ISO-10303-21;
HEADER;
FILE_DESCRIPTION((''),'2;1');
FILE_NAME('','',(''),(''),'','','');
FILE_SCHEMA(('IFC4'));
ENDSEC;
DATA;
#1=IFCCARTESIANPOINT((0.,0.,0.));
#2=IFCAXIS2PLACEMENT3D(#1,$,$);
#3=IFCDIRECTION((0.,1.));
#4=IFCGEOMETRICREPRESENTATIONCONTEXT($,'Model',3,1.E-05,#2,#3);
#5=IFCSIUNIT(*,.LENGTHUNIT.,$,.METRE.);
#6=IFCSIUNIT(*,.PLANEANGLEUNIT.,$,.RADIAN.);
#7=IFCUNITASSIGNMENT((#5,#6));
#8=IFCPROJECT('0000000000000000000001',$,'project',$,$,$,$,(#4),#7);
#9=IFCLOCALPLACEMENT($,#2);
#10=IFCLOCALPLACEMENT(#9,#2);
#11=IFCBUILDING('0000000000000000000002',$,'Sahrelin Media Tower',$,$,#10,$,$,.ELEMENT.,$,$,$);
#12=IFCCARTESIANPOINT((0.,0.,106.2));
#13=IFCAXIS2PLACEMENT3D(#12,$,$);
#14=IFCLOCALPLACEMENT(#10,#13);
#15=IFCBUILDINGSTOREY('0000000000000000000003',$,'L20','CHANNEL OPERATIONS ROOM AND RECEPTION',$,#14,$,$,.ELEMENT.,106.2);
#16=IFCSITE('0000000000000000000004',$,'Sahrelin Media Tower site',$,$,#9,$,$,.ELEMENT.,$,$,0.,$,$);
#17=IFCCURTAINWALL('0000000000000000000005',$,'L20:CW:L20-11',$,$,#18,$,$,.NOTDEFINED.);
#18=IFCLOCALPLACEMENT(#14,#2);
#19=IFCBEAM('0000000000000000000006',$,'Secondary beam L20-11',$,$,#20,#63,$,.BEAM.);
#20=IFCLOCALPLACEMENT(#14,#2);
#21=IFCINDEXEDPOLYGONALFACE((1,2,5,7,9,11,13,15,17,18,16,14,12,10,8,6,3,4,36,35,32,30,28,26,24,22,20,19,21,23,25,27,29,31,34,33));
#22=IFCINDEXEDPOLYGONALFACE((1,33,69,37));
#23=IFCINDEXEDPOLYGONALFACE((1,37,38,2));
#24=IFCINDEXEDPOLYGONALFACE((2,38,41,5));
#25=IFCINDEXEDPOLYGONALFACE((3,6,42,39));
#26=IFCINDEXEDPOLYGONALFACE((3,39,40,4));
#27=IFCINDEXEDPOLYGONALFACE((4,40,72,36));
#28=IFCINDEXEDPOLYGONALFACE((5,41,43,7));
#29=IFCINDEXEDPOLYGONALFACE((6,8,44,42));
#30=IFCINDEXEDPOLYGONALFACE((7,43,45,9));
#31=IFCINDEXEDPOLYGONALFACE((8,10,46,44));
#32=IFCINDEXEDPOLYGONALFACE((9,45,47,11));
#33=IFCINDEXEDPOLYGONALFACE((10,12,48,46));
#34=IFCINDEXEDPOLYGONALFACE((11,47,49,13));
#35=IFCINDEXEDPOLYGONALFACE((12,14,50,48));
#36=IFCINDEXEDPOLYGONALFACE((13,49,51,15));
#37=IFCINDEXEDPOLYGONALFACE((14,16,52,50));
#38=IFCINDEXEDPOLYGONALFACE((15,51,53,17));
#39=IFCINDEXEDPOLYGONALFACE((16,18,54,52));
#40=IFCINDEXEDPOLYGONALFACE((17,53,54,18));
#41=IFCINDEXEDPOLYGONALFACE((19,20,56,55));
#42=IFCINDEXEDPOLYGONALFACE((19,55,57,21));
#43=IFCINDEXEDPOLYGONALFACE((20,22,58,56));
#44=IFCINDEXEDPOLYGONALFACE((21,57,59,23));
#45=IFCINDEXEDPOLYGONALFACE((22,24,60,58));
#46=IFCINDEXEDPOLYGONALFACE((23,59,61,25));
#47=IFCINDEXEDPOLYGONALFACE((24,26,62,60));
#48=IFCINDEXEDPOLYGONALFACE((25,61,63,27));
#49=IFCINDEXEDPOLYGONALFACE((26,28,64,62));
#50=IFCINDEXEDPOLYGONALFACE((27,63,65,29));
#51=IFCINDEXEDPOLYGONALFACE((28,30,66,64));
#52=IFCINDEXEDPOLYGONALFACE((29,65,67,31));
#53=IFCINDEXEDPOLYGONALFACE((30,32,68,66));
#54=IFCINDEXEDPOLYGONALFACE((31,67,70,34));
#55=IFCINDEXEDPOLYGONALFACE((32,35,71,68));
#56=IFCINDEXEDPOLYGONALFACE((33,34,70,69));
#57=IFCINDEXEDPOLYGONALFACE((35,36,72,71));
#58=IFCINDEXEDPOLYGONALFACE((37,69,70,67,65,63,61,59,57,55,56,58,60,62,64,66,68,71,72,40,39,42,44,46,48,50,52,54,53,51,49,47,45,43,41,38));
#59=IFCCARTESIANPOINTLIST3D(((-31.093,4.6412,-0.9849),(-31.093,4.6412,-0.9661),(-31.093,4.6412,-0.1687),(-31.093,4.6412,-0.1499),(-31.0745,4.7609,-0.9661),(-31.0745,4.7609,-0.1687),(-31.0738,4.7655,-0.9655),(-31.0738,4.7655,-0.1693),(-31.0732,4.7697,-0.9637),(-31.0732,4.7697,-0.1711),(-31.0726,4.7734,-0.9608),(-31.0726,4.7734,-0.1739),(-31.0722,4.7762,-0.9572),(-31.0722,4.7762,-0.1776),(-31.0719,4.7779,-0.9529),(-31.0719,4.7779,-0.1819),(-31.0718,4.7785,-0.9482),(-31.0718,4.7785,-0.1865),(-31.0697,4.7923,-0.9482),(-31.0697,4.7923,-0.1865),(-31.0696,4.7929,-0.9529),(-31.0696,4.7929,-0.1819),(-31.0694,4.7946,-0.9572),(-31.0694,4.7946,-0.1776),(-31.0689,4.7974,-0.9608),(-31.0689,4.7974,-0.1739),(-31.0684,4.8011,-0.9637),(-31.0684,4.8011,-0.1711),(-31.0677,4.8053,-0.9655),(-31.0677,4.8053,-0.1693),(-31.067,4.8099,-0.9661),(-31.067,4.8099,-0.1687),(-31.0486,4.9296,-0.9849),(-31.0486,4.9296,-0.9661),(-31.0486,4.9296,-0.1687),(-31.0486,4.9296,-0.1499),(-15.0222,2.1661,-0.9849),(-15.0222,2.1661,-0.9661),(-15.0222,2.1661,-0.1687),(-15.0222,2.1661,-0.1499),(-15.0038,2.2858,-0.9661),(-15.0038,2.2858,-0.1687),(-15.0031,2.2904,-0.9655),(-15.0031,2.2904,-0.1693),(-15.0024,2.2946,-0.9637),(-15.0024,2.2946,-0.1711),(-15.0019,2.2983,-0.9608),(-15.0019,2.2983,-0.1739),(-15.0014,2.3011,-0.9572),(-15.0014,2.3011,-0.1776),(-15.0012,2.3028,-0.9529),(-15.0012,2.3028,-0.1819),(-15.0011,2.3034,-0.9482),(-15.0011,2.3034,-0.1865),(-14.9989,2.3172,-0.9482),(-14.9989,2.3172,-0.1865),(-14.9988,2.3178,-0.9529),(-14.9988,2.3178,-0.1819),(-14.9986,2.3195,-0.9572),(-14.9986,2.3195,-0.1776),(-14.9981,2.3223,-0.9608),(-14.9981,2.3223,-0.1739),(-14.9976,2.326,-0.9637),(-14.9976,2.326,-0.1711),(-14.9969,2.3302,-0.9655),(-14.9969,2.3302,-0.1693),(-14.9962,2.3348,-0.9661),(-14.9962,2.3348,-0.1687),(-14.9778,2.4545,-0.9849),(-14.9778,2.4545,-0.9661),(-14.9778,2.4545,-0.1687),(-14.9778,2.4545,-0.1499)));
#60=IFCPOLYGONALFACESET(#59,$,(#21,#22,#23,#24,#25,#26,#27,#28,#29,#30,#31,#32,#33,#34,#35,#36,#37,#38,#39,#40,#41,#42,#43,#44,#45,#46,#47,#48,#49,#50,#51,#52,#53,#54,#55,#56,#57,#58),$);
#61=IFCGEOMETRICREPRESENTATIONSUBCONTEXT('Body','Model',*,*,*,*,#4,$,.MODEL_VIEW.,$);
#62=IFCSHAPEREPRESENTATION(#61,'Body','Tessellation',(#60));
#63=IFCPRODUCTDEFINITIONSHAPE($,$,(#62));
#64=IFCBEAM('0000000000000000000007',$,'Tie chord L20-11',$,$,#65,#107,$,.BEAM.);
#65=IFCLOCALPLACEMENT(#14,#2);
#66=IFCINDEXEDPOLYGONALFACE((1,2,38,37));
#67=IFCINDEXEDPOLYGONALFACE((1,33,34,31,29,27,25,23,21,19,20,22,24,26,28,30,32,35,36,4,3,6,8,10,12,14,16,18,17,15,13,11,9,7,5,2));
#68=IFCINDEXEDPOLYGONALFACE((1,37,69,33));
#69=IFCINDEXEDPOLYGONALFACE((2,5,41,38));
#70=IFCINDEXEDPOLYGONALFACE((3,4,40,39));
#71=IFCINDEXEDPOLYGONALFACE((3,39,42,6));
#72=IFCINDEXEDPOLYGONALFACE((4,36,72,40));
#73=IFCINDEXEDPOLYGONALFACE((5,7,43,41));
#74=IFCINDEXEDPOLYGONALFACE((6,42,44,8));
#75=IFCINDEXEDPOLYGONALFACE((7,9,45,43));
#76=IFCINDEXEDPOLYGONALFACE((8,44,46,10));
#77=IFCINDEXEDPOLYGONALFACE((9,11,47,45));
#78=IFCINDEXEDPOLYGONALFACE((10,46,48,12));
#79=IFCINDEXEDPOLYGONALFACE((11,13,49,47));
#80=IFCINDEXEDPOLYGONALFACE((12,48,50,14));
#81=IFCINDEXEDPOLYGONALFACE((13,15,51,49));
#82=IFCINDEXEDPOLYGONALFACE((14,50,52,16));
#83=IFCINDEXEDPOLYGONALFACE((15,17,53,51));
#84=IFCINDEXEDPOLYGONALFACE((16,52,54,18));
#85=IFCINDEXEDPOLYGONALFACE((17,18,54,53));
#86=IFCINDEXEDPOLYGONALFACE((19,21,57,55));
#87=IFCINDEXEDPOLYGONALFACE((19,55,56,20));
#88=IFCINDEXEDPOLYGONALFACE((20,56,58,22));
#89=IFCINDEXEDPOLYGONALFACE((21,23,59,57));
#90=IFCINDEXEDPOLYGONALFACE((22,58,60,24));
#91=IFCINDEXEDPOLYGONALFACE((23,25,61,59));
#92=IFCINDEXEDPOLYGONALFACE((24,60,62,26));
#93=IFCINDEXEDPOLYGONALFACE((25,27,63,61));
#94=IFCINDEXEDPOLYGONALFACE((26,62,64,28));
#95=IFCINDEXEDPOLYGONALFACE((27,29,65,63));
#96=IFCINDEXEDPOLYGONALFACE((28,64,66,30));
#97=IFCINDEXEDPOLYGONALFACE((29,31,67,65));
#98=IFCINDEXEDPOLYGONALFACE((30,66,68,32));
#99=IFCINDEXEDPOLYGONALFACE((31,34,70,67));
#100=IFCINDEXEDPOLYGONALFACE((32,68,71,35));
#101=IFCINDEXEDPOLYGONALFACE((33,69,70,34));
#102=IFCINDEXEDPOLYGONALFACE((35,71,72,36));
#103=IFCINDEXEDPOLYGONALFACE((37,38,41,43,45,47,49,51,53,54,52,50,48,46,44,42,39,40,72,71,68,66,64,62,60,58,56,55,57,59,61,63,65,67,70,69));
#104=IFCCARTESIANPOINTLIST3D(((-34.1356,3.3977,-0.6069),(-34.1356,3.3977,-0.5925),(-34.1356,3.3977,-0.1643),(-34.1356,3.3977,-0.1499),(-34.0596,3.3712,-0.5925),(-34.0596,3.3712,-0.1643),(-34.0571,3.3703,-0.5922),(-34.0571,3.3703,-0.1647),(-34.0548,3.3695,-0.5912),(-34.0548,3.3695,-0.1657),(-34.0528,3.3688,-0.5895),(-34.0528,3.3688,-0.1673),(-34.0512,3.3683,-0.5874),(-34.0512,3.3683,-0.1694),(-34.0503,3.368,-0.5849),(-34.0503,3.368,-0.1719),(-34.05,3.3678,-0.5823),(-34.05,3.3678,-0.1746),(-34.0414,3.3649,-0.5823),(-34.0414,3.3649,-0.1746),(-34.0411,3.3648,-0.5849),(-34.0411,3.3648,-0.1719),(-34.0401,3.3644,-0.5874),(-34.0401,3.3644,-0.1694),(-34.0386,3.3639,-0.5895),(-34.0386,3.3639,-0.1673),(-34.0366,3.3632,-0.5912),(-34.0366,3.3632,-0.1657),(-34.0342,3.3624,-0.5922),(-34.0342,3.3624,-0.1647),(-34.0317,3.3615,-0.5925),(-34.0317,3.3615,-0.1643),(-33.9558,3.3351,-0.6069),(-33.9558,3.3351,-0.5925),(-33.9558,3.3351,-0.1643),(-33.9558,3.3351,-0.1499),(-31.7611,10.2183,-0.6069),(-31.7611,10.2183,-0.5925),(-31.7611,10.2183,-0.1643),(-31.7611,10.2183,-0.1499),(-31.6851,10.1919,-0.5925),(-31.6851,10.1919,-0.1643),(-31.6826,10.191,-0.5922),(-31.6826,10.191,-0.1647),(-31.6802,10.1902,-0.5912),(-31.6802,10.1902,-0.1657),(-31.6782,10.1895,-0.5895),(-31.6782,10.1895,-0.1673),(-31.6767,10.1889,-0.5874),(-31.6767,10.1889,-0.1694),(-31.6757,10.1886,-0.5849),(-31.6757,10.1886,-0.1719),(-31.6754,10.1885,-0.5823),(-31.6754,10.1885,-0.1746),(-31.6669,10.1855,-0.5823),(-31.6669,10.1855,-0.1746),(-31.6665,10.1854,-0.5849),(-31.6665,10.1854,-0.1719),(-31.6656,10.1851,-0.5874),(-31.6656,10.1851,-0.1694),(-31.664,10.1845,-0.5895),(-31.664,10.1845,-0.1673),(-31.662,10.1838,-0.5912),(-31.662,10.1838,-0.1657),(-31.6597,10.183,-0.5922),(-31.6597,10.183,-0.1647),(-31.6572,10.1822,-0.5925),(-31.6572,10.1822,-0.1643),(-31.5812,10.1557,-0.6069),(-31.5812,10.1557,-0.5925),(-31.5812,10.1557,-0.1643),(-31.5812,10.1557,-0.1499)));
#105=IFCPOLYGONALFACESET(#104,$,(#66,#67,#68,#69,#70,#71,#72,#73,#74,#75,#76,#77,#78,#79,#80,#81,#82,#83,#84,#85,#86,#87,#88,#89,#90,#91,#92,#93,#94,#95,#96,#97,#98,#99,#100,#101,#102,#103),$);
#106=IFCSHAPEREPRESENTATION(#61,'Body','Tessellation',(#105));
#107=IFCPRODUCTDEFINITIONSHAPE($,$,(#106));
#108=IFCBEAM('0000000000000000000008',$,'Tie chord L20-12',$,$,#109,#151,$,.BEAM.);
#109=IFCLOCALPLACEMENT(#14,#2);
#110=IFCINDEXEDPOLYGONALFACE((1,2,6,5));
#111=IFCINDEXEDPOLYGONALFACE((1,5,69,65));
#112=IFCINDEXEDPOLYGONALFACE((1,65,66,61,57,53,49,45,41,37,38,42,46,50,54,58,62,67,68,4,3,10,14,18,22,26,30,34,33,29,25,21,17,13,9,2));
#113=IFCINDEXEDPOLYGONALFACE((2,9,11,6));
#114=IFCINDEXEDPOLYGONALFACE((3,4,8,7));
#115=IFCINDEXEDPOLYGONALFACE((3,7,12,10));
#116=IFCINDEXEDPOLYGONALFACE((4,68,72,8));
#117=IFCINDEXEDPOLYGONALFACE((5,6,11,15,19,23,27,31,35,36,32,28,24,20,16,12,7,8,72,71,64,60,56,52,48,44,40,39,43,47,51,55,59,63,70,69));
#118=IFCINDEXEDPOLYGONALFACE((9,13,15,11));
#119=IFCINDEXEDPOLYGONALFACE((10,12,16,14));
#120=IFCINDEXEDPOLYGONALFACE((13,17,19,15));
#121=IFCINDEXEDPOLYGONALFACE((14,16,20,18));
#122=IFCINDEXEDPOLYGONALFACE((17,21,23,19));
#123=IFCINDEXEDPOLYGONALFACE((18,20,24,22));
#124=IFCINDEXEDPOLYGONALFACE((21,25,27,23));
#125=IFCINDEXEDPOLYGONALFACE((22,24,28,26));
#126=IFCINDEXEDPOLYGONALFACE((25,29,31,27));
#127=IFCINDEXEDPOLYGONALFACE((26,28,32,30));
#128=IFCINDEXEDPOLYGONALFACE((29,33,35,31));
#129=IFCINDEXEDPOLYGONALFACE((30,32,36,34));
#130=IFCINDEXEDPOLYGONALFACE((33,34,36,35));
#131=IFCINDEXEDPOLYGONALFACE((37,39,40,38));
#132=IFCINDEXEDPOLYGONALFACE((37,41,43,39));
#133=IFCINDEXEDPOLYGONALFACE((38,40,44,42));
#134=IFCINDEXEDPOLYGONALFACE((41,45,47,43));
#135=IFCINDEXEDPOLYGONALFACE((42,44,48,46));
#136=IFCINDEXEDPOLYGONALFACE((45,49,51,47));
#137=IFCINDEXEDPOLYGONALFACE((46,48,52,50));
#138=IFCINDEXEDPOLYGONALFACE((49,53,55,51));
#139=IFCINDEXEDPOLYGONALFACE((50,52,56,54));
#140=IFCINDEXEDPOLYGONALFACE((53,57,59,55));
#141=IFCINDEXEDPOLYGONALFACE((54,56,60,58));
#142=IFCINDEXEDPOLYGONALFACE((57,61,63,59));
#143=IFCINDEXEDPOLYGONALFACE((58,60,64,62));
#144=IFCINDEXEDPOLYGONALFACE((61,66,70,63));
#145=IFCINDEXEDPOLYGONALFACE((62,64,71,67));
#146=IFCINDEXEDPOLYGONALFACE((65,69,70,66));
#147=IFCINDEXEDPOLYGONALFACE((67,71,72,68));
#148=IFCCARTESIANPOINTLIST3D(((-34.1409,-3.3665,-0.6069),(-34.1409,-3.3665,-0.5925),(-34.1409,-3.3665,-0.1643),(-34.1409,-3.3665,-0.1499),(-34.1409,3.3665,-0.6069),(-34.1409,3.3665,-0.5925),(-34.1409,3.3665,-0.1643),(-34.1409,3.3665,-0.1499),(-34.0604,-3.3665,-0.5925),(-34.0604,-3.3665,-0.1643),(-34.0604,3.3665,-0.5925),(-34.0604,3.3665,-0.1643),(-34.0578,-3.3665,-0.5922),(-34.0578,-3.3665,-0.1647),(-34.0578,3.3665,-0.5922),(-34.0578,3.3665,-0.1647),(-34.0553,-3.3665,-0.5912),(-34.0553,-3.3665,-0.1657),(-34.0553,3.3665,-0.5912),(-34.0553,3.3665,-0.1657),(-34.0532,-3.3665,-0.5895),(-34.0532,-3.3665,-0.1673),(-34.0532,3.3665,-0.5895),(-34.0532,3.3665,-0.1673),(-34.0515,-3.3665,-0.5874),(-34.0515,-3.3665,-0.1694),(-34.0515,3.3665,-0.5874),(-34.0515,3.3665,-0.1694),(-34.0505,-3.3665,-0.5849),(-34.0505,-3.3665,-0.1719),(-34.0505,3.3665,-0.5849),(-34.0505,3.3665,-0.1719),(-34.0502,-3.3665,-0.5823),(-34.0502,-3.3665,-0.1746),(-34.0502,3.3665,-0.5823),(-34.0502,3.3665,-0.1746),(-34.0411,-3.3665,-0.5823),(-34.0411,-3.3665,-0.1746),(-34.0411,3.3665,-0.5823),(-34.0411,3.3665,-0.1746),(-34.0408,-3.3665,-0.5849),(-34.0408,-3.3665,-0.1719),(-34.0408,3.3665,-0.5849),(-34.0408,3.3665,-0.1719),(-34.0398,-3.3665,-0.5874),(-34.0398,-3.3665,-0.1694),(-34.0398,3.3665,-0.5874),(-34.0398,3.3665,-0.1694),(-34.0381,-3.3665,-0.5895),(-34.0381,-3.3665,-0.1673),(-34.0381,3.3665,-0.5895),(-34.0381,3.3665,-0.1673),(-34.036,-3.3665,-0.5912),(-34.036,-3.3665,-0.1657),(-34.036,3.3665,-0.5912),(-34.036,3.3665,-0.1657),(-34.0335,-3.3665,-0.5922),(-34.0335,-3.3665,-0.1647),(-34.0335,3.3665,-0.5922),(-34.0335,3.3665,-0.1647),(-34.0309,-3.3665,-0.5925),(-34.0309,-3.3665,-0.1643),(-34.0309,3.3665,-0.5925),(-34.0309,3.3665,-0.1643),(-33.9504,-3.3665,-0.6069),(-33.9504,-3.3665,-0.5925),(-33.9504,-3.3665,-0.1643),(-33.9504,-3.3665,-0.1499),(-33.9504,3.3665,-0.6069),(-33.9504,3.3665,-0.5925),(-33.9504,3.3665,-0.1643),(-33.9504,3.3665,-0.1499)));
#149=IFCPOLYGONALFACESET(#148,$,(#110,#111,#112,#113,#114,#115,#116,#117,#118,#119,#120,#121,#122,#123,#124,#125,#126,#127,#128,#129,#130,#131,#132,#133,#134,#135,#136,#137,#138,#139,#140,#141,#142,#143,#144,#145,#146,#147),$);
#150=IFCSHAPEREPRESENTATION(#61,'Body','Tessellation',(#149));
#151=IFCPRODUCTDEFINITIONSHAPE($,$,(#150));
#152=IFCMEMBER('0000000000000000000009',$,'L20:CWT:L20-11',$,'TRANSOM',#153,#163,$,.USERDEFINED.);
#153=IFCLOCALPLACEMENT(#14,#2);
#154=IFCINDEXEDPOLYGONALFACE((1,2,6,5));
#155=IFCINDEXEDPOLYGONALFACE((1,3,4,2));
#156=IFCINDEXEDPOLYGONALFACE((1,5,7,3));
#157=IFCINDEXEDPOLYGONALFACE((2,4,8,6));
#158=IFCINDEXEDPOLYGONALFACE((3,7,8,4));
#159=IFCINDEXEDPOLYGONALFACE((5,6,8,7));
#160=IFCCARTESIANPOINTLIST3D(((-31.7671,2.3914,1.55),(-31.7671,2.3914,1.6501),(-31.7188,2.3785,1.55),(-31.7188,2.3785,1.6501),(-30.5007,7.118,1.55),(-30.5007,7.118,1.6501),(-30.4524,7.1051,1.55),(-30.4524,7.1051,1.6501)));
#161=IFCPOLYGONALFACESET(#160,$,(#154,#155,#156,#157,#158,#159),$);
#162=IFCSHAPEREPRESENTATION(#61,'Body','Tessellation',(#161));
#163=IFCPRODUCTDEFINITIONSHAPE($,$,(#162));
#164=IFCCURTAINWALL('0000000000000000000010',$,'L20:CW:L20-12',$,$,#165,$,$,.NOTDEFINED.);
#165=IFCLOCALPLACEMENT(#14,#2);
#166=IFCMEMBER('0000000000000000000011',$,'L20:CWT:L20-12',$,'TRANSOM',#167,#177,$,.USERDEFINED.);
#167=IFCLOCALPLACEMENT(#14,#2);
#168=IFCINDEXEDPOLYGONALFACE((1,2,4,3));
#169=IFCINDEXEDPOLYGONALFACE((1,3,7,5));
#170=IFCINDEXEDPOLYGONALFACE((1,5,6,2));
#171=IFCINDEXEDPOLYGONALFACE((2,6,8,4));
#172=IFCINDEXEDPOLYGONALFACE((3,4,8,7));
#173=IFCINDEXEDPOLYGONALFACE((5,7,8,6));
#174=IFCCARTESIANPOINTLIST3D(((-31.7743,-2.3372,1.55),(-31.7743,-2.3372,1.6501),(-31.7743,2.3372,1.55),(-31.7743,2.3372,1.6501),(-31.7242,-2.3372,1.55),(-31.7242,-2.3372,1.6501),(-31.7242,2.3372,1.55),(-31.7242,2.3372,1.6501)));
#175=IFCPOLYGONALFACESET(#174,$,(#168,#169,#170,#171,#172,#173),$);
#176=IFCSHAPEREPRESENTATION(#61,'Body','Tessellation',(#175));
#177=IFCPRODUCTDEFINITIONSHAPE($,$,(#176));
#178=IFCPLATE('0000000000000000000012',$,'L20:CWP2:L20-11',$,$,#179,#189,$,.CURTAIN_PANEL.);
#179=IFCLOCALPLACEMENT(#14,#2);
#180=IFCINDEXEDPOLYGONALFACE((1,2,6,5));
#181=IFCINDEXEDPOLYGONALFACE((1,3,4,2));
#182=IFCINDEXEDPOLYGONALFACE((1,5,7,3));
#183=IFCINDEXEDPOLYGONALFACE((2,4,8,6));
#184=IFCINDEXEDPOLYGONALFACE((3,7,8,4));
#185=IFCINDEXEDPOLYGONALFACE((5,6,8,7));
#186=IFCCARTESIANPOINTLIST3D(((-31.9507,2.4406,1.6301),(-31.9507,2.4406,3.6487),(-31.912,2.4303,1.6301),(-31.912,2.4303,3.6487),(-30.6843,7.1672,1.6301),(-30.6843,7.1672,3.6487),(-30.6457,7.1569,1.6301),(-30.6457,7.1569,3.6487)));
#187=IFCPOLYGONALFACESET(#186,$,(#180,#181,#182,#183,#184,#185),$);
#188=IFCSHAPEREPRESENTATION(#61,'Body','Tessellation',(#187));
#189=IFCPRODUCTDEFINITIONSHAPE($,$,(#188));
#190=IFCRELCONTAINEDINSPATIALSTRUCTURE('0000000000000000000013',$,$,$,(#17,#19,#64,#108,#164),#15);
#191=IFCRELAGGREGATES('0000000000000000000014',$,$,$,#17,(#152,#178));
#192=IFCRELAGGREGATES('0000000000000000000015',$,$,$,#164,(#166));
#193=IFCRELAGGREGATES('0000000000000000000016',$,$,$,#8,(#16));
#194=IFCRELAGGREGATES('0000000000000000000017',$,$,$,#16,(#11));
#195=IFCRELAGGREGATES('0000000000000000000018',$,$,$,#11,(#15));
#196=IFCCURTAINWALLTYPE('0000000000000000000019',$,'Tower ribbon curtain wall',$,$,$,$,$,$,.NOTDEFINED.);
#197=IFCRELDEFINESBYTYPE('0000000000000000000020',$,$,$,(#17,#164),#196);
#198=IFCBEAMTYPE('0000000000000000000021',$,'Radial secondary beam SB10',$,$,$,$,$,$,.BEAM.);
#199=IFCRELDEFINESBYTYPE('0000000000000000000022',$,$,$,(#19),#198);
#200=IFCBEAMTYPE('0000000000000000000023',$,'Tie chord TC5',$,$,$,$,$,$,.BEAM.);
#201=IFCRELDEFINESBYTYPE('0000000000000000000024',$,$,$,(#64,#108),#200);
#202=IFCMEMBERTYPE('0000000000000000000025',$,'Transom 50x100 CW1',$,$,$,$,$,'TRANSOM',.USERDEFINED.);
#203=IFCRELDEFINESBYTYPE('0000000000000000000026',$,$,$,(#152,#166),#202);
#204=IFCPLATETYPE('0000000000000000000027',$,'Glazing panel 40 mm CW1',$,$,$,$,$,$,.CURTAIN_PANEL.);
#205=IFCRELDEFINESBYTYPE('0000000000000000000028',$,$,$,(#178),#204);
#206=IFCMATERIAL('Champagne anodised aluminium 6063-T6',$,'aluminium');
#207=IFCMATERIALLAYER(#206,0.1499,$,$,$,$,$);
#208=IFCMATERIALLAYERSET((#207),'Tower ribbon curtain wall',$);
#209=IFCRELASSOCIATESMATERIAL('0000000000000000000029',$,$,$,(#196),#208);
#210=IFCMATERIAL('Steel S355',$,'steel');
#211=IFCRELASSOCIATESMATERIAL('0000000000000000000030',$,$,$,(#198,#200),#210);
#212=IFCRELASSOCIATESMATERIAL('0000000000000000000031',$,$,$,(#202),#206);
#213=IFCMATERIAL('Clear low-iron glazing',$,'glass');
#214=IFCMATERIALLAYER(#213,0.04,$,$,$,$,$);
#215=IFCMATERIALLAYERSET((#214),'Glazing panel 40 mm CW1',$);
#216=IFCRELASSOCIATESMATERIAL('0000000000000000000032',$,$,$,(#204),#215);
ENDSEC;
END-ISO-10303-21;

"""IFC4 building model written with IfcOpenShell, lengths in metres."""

from ifc_helpers import new_model, si_unit, direction, frame, origin, origin_2d, place, context, subcontext, project, spatial, polyline, rectangle, i_section, outline, extrude, material, layer, layer_set, material_profile, profile_set, type_object, element, aggregate, save


model = new_model("IFC4")

# Units and contexts
model_context = context("Model", 3, precision=1e-05, world=origin(), true_north=direction((0.0, 1.0)))
body_context = subcontext(model_context, "Body", "Model", "MODEL_VIEW")
ifc_project = project(units=[si_unit("LENGTHUNIT", "METRE"), si_unit("PLANEANGLEUNIT", "RADIAN")], contexts=[model_context])

# Site, building, storey
site_placement = place(None, origin())
site = spatial("IfcSite", under=ifc_project, at=site_placement, Name="Sahrelin Media Tower site", CompositionType="ELEMENT", RefElevation=0.0)
building_placement = place(site_placement, origin())
building = spatial("IfcBuilding", under=site, at=building_placement, Name="Sahrelin Media Tower", CompositionType="ELEMENT")
storey_placement = place(building_placement, frame((0.0, 0.0, 106.2)))
storey = spatial("IfcBuildingStorey", under=building, at=storey_placement, Name="L20", Description="CHANNEL OPERATIONS ROOM AND RECEPTION", CompositionType="ELEMENT", Elevation=106.2)

# Shared definitions
ifc_material_1 = material(Name="Steel S355", Category="steel")

# Curtain wall
ifc_material_2 = material(Name="Champagne anodised aluminium 6063-T6", Category="aluminium")
ifc_layer_1 = layer(ifc_material_2, 0.1499)
ifc_layer_set_1 = layer_set([ifc_layer_1], Name="Tower ribbon curtain wall")
curtain_wall_type = type_object("IfcCurtainWallType", Name="Tower ribbon curtain wall", PredefinedType="NOTDEFINED", material=ifc_layer_set_1)
curtain_wall_1_placement = place(storey_placement, frame((-31.2981, 4.7986, 0.0), z_axis=(0.0, 0.0, 1.0), x_axis=(1.0, 0.0, 0.0)))
curtain_wall_1 = element("IfcCurtainWall", 1, at=curtain_wall_1_placement, inside=storey, type_object=curtain_wall_type, Name="L20:CW:L20-11", PredefinedType="NOTDEFINED")

# Beams
ifc_material_profile_1 = material_profile(ifc_material_1, i_section(OverallWidth=0.2917, OverallDepth=0.835, WebThickness=0.0139, FlangeThickness=0.0188, FilletRadius=0.0178, at=origin_2d()), Name="UB 838x292x176")
ifc_profile_set_1 = profile_set([ifc_material_profile_1], Name="Steel S355")
beam_type_1 = type_object("IfcBeamType", Name="Radial secondary beam SB10", PredefinedType="BEAM", material=ifc_profile_set_1)
beam_1_placement = place(storey_placement, frame((-15.0, 2.3103, -0.5674), z_axis=(-0.988347, 0.152217, 0.0), x_axis=(-0.152217, -0.988347, 0.0)))
element("IfcBeam", 2, at=beam_1_placement, inside=storey, type_object=beam_type_1, Name="Secondary beam L20-11", PredefinedType="BEAM", context=body_context, shape_type="SweptSolid", body=[
    extrude(i_section(OverallWidth=0.2917, OverallDepth=0.835, WebThickness=0.0139, FlangeThickness=0.0188, FilletRadius=0.0178, at=origin_2d()), origin(), (0.0, 0.0, 1.0), 16.2603),
])
ifc_material_profile_2 = material_profile(ifc_material_1, i_section(OverallWidth=0.1904, OverallDepth=0.457, WebThickness=0.009, FlangeThickness=0.0144, FilletRadius=0.0103, at=origin_2d()), Name="UB 457x191x74")
ifc_profile_set_2 = profile_set([ifc_material_profile_2], Name="Steel S355")
beam_type_2 = type_object("IfcBeamType", Name="Tie chord TC5", PredefinedType="BEAM", material=ifc_profile_set_2)
beam_2_placement = place(storey_placement, frame((-31.6711, 10.187, -0.3784), z_axis=(-0.328785, -0.944405, 0.0), x_axis=(0.944405, -0.328785, 0.0)))
element("IfcBeam", 3, at=beam_2_placement, inside=storey, type_object=beam_type_2, Name="Tie chord L20-11", PredefinedType="BEAM", context=body_context, shape_type="SweptSolid", body=[
    extrude(i_section(OverallWidth=0.1904, OverallDepth=0.457, WebThickness=0.009, FlangeThickness=0.0144, FilletRadius=0.0103, at=origin_2d()), origin(), (0.0, 0.0, 1.0), 7.2222),
])
beam_3_placement = place(storey_placement, frame((-34.0457, 3.3665, -0.3784), z_axis=(0.0, -1.0, 0.0), x_axis=(1.0, 0.0, 0.0)))
element("IfcBeam", 4, at=beam_3_placement, inside=storey, type_object=beam_type_2, Name="Tie chord L20-12", PredefinedType="BEAM", context=body_context, shape_type="SweptSolid", body=[
    extrude(i_section(OverallWidth=0.1904, OverallDepth=0.457, WebThickness=0.009, FlangeThickness=0.0144, FilletRadius=0.0103, at=origin_2d()), origin(), (0.0, 0.0, 1.0), 6.7329),
])

# Member
ifc_material_profile_3 = material_profile(ifc_material_2, rectangle(XDim=0.05, YDim=0.1001, at=origin_2d()), Name="Transom 50x100")
ifc_profile_set_3 = profile_set([ifc_material_profile_3], Name="Champagne anodised aluminium 6063-T6")
member_type_1 = type_object("IfcMemberType", Name="Transom 50x100 CW1", ElementType="TRANSOM", PredefinedType="USERDEFINED", material=ifc_profile_set_3)
member_1_placement = place(storey_placement, frame((-30.4766, 7.1116, 1.6001), z_axis=(-0.258796, -0.965932, 0.0), x_axis=(0.965932, -0.258796, 0.0)))
member_1 = element("IfcMember", 5, at=member_1_placement, type_object=member_type_1, Name="L20:CWT:L20-11", ObjectType="TRANSOM", PredefinedType="USERDEFINED", context=body_context, shape_type="SweptSolid", body=[
    extrude(rectangle(XDim=0.05, YDim=0.1001, at=origin_2d()), origin(), (0.0, 0.0, 1.0), 4.8933),
])

# Curtain wall, member
curtain_wall_2_placement = place(storey_placement, frame((-31.9443, 0.0, 0.0), z_axis=(0.0, 0.0, 1.0), x_axis=(1.0, 0.0, 0.0)))
curtain_wall_2 = element("IfcCurtainWall", 6, at=curtain_wall_2_placement, inside=storey, type_object=curtain_wall_type, Name="L20:CW:L20-12", PredefinedType="NOTDEFINED")
member_2_placement = place(storey_placement, frame((-31.7493, 2.3372, 1.6001), z_axis=(0.0, -1.0, 0.0), x_axis=(1.0, 0.0, 0.0)))
member_2 = element("IfcMember", 7, at=member_2_placement, type_object=member_type_1, Name="L20:CWT:L20-12", ObjectType="TRANSOM", PredefinedType="USERDEFINED", context=body_context, shape_type="SweptSolid", body=[
    extrude(rectangle(XDim=0.05, YDim=0.1001, at=origin_2d()), origin(), (0.0, 0.0, 1.0), 4.6743),
])

# Plate
ifc_material_3 = material(Name="Clear low-iron glazing", Category="glass")
ifc_layer_2 = layer(ifc_material_3, 0.04)
ifc_layer_set_2 = layer_set([ifc_layer_2], Name="Glazing panel 40 mm CW1")
plate_type_1 = type_object("IfcPlateType", Name="Glazing panel 40 mm CW1", PredefinedType="CURTAIN_PANEL", material=ifc_layer_set_2)
plate_1_placement = place(storey_placement, frame((-30.6843, 7.1672, 1.6301), z_axis=(-0.965932, 0.258796, 0.0), x_axis=(-0.258796, -0.965932, 0.0)))
plate_1 = element("IfcPlate", 8, at=plate_1_placement, type_object=plate_type_1, Name="L20:CWP2:L20-11", PredefinedType="CURTAIN_PANEL", context=body_context, shape_type="SweptSolid", body=[
    extrude(outline(polyline([(0.0, 0.0), (4.8933, 0.0), (4.8933, 2.0186), (0.0, 2.0186), (0.0, 0.0)])), origin(), (0.0, 0.0, -1.0), 0.04),
])
aggregate(curtain_wall_1, [member_1, plate_1])
aggregate(curtain_wall_2, [member_2])

save(model, "model.ifc")
